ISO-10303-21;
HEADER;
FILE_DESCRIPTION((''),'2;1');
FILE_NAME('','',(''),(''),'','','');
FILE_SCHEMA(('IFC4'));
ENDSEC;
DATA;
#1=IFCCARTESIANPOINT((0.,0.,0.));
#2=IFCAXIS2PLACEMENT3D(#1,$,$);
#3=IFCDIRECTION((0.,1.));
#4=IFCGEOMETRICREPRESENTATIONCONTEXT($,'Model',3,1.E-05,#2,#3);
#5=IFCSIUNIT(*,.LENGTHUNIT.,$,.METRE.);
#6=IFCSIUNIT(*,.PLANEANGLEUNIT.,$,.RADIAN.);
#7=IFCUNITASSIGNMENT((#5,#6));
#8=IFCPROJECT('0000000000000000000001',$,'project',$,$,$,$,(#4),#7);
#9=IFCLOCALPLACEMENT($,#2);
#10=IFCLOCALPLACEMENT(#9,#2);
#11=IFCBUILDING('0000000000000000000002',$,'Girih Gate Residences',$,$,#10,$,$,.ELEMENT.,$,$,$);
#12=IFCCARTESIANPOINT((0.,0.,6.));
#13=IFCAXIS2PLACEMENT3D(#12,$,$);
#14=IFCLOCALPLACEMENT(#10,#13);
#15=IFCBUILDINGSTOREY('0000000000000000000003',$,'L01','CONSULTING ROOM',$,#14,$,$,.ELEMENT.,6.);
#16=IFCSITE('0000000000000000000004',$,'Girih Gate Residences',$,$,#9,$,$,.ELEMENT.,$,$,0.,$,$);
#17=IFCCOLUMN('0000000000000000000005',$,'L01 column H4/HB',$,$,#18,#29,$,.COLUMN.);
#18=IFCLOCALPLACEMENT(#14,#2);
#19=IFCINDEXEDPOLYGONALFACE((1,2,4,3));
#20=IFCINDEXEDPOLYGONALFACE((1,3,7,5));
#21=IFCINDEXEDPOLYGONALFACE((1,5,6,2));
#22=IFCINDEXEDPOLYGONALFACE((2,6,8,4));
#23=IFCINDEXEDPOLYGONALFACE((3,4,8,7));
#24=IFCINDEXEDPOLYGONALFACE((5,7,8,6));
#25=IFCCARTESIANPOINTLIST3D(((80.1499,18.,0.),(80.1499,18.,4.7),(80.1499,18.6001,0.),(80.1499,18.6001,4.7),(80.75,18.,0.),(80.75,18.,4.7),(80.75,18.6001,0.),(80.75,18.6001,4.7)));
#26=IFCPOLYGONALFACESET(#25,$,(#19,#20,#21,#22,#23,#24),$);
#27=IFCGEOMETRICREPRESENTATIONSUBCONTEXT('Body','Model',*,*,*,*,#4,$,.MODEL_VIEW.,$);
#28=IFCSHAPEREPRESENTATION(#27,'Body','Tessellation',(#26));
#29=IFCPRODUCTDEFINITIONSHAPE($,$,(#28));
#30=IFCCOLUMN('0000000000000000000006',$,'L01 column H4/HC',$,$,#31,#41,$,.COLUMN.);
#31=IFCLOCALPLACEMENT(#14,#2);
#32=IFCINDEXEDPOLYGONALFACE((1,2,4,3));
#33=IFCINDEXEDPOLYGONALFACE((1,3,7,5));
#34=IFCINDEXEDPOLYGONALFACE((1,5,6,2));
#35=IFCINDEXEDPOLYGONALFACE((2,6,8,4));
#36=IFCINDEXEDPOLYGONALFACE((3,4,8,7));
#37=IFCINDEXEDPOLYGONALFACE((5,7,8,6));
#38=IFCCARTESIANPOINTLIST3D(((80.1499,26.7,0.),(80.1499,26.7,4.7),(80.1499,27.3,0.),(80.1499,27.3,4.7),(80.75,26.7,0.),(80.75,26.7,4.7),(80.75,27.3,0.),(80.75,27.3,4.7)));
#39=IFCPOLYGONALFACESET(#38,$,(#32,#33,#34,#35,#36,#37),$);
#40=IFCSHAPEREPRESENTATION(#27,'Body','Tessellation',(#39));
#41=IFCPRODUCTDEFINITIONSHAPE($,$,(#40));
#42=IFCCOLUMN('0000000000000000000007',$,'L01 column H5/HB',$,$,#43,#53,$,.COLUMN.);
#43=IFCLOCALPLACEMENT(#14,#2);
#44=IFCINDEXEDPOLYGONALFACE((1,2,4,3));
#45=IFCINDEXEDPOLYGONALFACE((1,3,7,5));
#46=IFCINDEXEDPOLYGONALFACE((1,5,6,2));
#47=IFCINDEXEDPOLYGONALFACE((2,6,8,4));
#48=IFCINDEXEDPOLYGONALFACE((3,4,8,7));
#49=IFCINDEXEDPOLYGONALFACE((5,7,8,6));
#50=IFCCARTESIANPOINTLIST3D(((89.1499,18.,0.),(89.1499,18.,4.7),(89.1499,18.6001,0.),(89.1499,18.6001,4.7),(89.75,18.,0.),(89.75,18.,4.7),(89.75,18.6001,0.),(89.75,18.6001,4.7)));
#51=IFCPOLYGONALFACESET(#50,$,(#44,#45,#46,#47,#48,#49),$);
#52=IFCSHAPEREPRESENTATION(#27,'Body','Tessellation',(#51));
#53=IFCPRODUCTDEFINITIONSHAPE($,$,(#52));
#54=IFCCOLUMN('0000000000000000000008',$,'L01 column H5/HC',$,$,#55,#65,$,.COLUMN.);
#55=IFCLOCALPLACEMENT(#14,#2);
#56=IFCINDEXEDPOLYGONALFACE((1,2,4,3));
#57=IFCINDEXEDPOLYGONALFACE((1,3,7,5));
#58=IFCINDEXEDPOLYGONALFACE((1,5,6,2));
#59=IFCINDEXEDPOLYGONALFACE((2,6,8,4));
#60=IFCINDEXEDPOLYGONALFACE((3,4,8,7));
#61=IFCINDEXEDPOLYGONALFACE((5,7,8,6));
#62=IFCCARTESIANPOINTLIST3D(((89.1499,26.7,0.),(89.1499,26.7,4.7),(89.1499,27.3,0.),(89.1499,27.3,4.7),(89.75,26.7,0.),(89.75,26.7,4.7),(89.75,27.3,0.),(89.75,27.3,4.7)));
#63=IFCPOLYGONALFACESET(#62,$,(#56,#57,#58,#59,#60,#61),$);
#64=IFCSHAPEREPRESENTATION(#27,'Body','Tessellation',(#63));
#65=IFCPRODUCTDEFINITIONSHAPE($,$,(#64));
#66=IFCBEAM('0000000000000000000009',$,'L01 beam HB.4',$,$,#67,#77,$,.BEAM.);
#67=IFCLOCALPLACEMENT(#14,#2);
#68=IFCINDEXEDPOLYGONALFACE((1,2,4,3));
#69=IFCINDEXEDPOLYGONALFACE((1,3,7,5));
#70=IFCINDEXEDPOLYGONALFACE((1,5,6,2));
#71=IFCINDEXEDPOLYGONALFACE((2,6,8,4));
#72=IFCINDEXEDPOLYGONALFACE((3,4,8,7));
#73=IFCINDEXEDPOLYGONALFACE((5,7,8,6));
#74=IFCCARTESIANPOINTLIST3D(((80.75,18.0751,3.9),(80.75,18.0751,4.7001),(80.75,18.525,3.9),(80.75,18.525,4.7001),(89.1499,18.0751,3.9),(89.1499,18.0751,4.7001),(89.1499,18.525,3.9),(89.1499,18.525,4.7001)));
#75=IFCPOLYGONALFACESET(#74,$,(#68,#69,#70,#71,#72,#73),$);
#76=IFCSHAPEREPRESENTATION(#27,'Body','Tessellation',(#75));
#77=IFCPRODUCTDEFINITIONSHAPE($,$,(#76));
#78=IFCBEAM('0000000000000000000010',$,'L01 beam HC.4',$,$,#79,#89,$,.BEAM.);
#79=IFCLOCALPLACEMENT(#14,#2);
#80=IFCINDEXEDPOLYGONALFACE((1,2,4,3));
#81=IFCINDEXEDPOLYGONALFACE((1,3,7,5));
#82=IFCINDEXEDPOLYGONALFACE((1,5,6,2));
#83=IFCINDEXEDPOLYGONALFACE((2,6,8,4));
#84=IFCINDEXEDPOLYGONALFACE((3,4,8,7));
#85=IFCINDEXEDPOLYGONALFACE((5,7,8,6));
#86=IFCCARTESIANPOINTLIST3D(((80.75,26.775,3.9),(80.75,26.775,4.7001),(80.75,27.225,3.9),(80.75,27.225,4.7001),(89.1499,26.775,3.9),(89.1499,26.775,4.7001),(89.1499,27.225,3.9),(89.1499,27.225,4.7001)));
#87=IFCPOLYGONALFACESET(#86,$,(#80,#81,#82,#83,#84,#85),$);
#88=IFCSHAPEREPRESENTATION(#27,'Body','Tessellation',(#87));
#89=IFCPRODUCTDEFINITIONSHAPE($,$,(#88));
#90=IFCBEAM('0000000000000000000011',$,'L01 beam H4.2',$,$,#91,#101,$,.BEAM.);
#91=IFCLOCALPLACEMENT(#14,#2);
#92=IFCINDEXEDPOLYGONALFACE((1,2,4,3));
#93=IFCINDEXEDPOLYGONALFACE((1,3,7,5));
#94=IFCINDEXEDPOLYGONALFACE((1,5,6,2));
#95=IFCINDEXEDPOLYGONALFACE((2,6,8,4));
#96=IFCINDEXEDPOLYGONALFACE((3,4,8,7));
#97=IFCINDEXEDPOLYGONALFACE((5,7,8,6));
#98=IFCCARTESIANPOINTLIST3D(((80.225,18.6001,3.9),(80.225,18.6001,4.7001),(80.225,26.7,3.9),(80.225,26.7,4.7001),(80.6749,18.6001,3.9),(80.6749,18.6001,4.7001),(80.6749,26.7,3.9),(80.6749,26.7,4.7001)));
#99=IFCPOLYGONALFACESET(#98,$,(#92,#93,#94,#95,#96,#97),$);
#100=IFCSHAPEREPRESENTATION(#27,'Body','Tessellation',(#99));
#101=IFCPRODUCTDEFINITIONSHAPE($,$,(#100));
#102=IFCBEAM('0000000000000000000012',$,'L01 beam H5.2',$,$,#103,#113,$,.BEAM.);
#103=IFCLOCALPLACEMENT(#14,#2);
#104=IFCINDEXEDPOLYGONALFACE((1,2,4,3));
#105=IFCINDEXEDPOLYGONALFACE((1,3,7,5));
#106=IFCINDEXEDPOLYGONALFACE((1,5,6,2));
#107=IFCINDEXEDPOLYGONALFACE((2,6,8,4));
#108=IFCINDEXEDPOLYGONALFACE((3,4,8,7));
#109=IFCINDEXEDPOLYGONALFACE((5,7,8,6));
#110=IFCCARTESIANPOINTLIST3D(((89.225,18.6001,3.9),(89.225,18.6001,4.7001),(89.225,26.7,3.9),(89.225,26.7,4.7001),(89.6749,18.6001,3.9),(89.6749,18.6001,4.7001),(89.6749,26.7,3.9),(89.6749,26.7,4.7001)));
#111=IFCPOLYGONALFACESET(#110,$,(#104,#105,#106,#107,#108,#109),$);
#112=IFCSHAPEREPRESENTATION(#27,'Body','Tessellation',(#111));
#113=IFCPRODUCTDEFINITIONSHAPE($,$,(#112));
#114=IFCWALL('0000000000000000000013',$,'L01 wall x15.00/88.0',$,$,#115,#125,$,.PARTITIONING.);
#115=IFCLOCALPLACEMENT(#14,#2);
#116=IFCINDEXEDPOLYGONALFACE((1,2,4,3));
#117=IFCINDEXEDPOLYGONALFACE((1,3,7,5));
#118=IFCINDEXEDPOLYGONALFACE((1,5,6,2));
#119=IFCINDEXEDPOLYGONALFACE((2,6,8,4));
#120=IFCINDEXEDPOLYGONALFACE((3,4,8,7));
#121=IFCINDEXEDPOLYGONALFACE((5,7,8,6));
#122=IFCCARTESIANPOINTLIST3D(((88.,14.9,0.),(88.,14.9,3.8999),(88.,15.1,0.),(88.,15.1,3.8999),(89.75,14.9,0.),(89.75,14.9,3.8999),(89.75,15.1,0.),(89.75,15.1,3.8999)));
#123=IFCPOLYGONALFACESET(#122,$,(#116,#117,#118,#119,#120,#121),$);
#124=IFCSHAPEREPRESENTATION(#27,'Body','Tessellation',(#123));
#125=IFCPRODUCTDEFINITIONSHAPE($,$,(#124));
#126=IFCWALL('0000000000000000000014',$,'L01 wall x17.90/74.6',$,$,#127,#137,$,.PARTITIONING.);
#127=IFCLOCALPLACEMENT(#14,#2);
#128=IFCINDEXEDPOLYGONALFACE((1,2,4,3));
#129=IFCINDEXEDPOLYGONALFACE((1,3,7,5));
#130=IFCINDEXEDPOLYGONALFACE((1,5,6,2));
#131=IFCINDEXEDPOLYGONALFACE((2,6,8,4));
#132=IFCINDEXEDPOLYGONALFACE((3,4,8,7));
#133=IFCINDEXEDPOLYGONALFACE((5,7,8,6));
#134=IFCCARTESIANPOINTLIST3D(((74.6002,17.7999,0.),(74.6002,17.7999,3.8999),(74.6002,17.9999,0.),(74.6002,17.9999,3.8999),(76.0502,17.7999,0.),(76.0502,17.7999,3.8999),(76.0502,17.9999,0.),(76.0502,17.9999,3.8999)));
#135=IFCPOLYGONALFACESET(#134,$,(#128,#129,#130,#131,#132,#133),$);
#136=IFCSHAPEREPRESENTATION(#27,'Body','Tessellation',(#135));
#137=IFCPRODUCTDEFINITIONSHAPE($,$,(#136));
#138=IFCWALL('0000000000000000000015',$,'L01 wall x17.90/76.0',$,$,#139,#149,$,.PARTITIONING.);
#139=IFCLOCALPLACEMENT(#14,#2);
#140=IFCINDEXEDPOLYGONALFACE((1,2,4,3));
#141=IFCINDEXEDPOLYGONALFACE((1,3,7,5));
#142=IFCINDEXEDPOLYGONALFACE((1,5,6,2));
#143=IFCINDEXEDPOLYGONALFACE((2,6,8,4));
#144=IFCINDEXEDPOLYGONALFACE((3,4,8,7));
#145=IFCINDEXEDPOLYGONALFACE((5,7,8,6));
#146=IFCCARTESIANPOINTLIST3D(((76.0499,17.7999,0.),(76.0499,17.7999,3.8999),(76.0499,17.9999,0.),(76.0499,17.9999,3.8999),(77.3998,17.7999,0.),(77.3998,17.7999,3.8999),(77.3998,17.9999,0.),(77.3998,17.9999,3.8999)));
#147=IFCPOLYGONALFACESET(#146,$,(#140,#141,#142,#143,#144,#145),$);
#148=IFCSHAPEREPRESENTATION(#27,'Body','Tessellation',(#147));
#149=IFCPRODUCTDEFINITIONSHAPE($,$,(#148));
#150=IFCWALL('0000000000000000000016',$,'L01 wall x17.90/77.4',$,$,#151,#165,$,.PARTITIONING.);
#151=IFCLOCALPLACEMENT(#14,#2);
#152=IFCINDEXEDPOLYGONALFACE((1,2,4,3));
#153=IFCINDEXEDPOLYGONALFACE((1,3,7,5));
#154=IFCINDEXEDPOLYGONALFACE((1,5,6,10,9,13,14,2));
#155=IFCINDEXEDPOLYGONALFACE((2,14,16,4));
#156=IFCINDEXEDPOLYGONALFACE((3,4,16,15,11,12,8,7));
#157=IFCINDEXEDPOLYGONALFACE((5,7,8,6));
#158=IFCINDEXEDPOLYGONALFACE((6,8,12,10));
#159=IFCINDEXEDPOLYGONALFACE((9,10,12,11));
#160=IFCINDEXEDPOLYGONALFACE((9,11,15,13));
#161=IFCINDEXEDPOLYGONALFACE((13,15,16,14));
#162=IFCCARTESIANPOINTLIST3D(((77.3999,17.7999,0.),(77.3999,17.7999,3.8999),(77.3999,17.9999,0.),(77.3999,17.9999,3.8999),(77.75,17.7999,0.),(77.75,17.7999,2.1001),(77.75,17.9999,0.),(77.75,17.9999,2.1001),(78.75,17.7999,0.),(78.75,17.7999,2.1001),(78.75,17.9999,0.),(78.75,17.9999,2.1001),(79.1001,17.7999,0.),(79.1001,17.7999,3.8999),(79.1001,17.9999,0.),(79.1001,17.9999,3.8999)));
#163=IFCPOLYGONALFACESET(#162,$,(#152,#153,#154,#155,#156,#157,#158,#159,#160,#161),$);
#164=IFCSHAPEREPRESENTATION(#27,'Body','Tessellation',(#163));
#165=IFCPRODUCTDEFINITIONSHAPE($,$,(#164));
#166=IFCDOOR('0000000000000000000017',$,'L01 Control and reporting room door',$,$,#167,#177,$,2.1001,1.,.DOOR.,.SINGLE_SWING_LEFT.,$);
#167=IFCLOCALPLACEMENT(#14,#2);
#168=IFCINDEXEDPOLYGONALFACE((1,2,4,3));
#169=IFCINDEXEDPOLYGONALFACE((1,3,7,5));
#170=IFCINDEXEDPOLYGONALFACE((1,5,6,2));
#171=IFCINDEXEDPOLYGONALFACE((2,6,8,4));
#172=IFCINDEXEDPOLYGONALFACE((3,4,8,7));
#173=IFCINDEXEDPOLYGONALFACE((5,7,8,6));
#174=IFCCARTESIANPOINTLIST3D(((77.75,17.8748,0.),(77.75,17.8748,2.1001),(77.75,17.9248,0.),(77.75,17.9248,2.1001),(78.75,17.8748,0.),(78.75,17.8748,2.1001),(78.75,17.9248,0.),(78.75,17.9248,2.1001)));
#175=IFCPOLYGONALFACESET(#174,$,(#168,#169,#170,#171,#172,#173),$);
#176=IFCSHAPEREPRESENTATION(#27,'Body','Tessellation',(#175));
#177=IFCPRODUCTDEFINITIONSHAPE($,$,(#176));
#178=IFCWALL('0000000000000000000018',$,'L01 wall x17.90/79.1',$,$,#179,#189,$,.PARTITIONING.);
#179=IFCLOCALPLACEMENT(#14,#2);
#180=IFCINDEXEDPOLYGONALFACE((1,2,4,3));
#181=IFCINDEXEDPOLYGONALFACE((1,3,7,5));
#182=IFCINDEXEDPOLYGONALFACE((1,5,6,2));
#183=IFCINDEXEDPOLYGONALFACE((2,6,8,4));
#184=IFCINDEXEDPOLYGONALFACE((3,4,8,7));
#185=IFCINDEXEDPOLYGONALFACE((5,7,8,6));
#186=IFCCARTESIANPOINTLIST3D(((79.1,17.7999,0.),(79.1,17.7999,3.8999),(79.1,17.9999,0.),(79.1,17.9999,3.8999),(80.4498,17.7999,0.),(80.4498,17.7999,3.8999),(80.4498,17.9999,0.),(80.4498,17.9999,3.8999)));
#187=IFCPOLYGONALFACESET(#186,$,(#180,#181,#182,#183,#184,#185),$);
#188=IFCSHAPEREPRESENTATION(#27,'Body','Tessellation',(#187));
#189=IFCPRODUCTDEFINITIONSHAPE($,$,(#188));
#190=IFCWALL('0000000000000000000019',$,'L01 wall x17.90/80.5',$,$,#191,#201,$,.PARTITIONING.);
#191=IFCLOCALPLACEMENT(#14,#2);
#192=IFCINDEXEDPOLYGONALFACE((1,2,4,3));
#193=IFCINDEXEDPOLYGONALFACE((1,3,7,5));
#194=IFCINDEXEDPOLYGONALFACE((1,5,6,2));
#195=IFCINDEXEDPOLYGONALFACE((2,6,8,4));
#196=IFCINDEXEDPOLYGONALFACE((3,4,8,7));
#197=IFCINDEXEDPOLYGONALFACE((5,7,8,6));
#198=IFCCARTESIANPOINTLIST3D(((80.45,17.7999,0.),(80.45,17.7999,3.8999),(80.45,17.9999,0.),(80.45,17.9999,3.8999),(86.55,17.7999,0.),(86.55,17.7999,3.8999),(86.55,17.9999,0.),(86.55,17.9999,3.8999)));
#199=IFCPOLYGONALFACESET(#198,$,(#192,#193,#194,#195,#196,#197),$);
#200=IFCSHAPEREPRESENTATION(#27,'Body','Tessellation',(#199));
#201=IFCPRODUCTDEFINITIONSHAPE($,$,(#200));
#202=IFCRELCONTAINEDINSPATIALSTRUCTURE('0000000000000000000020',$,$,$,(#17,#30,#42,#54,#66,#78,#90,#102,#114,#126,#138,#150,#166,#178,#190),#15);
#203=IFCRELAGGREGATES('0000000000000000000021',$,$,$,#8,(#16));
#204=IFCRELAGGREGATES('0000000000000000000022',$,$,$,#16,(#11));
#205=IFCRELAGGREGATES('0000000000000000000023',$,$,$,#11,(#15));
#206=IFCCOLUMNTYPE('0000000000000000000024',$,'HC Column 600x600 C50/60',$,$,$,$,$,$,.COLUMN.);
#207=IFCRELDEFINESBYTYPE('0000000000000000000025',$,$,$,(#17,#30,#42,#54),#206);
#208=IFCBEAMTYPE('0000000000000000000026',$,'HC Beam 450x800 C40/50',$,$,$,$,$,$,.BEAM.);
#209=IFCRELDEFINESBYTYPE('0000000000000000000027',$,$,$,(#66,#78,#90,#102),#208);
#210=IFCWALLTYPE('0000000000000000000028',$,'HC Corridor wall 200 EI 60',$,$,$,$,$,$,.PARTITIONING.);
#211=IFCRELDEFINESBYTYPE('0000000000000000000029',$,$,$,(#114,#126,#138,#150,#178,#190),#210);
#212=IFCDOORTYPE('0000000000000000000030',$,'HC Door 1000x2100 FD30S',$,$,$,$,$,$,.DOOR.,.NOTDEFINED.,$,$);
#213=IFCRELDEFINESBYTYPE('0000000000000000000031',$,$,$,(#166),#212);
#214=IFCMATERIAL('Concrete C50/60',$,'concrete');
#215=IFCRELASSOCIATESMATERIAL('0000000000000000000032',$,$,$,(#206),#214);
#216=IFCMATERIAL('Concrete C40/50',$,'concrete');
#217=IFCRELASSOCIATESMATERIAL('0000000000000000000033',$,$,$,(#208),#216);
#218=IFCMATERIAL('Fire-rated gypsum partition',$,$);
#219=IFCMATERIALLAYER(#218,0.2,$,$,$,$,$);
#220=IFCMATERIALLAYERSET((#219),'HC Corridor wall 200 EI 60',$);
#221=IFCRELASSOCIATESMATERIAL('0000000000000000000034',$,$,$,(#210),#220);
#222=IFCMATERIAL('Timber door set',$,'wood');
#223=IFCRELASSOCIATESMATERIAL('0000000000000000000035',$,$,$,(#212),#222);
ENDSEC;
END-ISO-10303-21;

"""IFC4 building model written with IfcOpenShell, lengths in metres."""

from ifc_helpers import new_model, si_unit, direction, frame, frame_2d, origin, origin_2d, place, context, subcontext, project, spatial, rectangle, extrude, material, layer, layer_set, material_profile, profile_set, type_object, element, fill, save


model = new_model("IFC4")

# Units and contexts
model_context = context("Model", 3, precision=1e-05, world=origin(), true_north=direction((0.0, 1.0)))
body_context = subcontext(model_context, "Body", "Model", "MODEL_VIEW")
ifc_project = project(units=[si_unit("LENGTHUNIT", "METRE"), si_unit("PLANEANGLEUNIT", "RADIAN")], contexts=[model_context])

# Site, building, storey
site_placement = place(None, origin())
site = spatial("IfcSite", under=ifc_project, at=site_placement, Name="Girih Gate Residences", CompositionType="ELEMENT", RefElevation=0.0)
building_placement = place(site_placement, origin())
building = spatial("IfcBuilding", under=site, at=building_placement, Name="Girih Gate Residences", CompositionType="ELEMENT")
storey_placement = place(building_placement, frame((0.0, 0.0, 6.0)))
storey = spatial("IfcBuildingStorey", under=building, at=storey_placement, Name="L01", Description="CONSULTING ROOM", CompositionType="ELEMENT", Elevation=6.0)

# Columns
ifc_material_1 = material(Name="Concrete C50/60", Category="concrete")
ifc_material_profile_1 = material_profile(ifc_material_1, rectangle(XDim=0.6001, YDim=0.6001, at=origin_2d()))
ifc_profile_set_1 = profile_set([ifc_material_profile_1], Name="Concrete C50/60")
column_type = type_object("IfcColumnType", Name="HC Column 600x600 C50/60", PredefinedType="COLUMN", material=ifc_profile_set_1)
for number, where, z_axis, x_axis, name in (
    (1, (80.45, 18.3, 0.0), (0.0, 0.0, 1.0), (1.0, 0.0, 0.0), "L01 column H4/HB"),
    (2, (80.45, 27.0, 0.0), (0.0, 0.0, 1.0), (1.0, 0.0, 0.0), "L01 column H4/HC"),
    (3, (89.45, 18.3, 0.0), (0.0, 0.0, 1.0), (1.0, 0.0, 0.0), "L01 column H5/HB"),
    (4, (89.45, 27.0, 0.0), (0.0, 0.0, 1.0), (1.0, 0.0, 0.0), "L01 column H5/HC"),
):
    element("IfcColumn", number, at=place(storey_placement, frame(where, z_axis=z_axis, x_axis=x_axis)), inside=storey, type_object=column_type, Name=name, PredefinedType="COLUMN", context=body_context, shape_type="SweptSolid", body=[
        extrude(rectangle(XDim=0.6001, YDim=0.6001, at=origin_2d()), origin(), (0.0, 0.0, 1.0), 4.7),
    ])

# Beams
ifc_material_2 = material(Name="Concrete C40/50", Category="concrete")
ifc_material_profile_2 = material_profile(ifc_material_2, rectangle(XDim=0.45, YDim=0.8, at=origin_2d()))
ifc_profile_set_2 = profile_set([ifc_material_profile_2], Name="Concrete C40/50")
beam_type = type_object("IfcBeamType", Name="HC Beam 450x800 C40/50", PredefinedType="BEAM", material=ifc_profile_set_2)
for number, where, z_axis, x_axis, name in (
    (5, (80.75, 18.3, 4.3), (1.0, 0.0, 0.0), (0.0, 1.0, 0.0), "L01 beam HB.4"),
    (6, (80.75, 27.0, 4.3), (1.0, 0.0, 0.0), (0.0, 1.0, 0.0), "L01 beam HC.4"),
):
    element("IfcBeam", number, at=place(storey_placement, frame(where, z_axis=z_axis, x_axis=x_axis)), inside=storey, type_object=beam_type, Name=name, PredefinedType="BEAM", context=body_context, shape_type="SweptSolid", body=[
        extrude(rectangle(XDim=0.45, YDim=0.8, at=origin_2d()), origin(), (0.0, 0.0, 1.0), 8.3999),
    ])
for number, where, z_axis, x_axis, name in (
    (7, (80.45, 18.6001, 4.3), (0.0, 1.0, 0.0), (-1.0, 0.0, 0.0), "L01 beam H4.2"),
    (8, (89.45, 18.6001, 4.3), (0.0, 1.0, 0.0), (-1.0, 0.0, 0.0), "L01 beam H5.2"),
):
    element("IfcBeam", number, at=place(storey_placement, frame(where, z_axis=z_axis, x_axis=x_axis)), inside=storey, type_object=beam_type, Name=name, PredefinedType="BEAM", context=body_context, shape_type="SweptSolid", body=[
        extrude(rectangle(XDim=0.45, YDim=0.8, at=origin_2d()), origin(), (0.0, 0.0, 1.0), 8.0999),
    ])

# Walls
ifc_material_3 = material(Name="Fire-rated gypsum partition")
ifc_layer_1 = layer(ifc_material_3, 0.2)
ifc_layer_set_1 = layer_set([ifc_layer_1], Name="HC Corridor wall 200 EI 60")
wall_type_1 = type_object("IfcWallType", Name="HC Corridor wall 200 EI 60", PredefinedType="PARTITIONING", material=ifc_layer_set_1)
wall_1_placement = place(storey_placement, frame((88.0, 15.0, 0.0), z_axis=(0.0, 0.0, 1.0), x_axis=(1.0, 0.0, 0.0)))
element("IfcWall", 9, at=wall_1_placement, inside=storey, type_object=wall_type_1, Name="L01 wall x15.00/88.0", PredefinedType="PARTITIONING", context=body_context, shape_type="SweptSolid", body=[
    extrude(rectangle(XDim=1.75, YDim=0.2, at=frame_2d((0.875, 0.0))), origin(), (0.0, 0.0, 1.0), 3.8999),
])
wall_2_placement = place(storey_placement, frame((74.6001, 17.8999, 0.0), z_axis=(0.0, 0.0, 1.0), x_axis=(1.0, 0.0, 0.0)))
element("IfcWall", 10, at=wall_2_placement, inside=storey, type_object=wall_type_1, Name="L01 wall x17.90/74.6", PredefinedType="PARTITIONING", context=body_context, shape_type="SweptSolid", body=[
    extrude(rectangle(XDim=1.45, YDim=0.2, at=frame_2d((0.7251, 0.0))), origin(), (0.0, 0.0, 1.0), 3.8999),
])
wall_3_placement = place(storey_placement, frame((76.05, 17.8999, 0.0), z_axis=(0.0, 0.0, 1.0), x_axis=(1.0, 0.0, 0.0)))
element("IfcWall", 11, at=wall_3_placement, inside=storey, type_object=wall_type_1, Name="L01 wall x17.90/76.0", PredefinedType="PARTITIONING", context=body_context, shape_type="SweptSolid", body=[
    extrude(rectangle(XDim=1.3499, YDim=0.2, at=frame_2d((0.6748, 0.0))), origin(), (0.0, 0.0, 1.0), 3.8999),
])

# Wall, opening, door
wall_4_placement = place(storey_placement, frame((77.3999, 17.8999, 0.0), z_axis=(0.0, 0.0, 1.0), x_axis=(1.0, 0.0, 0.0)))
wall_4 = element("IfcWall", 12, at=wall_4_placement, inside=storey, type_object=wall_type_1, Name="L01 wall x17.90/77.4", PredefinedType="PARTITIONING", context=body_context, shape_type="SweptSolid", body=[
    extrude(rectangle(XDim=1.7002, YDim=0.2, at=frame_2d((0.8501, 0.0))), origin(), (0.0, 0.0, 1.0), 3.8999),
])
opening_1_placement = place(wall_4_placement, frame((0.3501, 0.0, 0.0)))
opening_1 = element("IfcOpeningElement", 13, at=opening_1_placement, cuts=wall_4, PredefinedType="OPENING", context=body_context, shape_type="SweptSolid", body=[
    extrude(rectangle(XDim=1.0, YDim=2.1001, at=frame_2d((0.5, 1.05))), frame((0.0, 0.1099, 0.0), z_axis=(0.0, -1.0, 0.0), x_axis=(1.0, 0.0, 0.0)), (0.0, 0.0, 1.0), 0.22),
])
ifc_material_4 = material(Name="Timber door set", Category="wood")
door_type = type_object("IfcDoorType", Name="HC Door 1000x2100 FD30S", OperationType="NOTDEFINED", PredefinedType="DOOR", material=ifc_material_4)
door_1_placement = place(opening_1_placement, origin())
door_1 = element("IfcDoor", 14, at=door_1_placement, inside=storey, type_object=door_type, Name="L01 Control and reporting room door", OperationType="SINGLE_SWING_LEFT", OverallHeight=2.1001, OverallWidth=1.0, PredefinedType="DOOR", context=body_context, shape_type="SweptSolid", body=[
    extrude(rectangle(XDim=1.0, YDim=2.1001, at=frame_2d((0.5, 1.05))), frame((0.0, 0.0249, 0.0), z_axis=(0.0, -1.0, 0.0), x_axis=(1.0, 0.0, 0.0)), (0.0, 0.0, 1.0), 0.05),
])
fill(opening_1, door_1)

# Walls
wall_5_placement = place(storey_placement, frame((79.1001, 17.8999, 0.0), z_axis=(0.0, 0.0, 1.0), x_axis=(1.0, 0.0, 0.0)))
element("IfcWall", 15, at=wall_5_placement, inside=storey, type_object=wall_type_1, Name="L01 wall x17.90/79.1", PredefinedType="PARTITIONING", context=body_context, shape_type="SweptSolid", body=[
    extrude(rectangle(XDim=1.3499, YDim=0.2, at=frame_2d((0.6748, 0.0))), origin(), (0.0, 0.0, 1.0), 3.8999),
])
wall_6_placement = place(storey_placement, frame((80.45, 17.8999, 0.0), z_axis=(0.0, 0.0, 1.0), x_axis=(1.0, 0.0, 0.0)))
element("IfcWall", 16, at=wall_6_placement, inside=storey, type_object=wall_type_1, Name="L01 wall x17.90/80.5", PredefinedType="PARTITIONING", context=body_context, shape_type="SweptSolid", body=[
    extrude(rectangle(XDim=6.1001, YDim=0.2, at=frame_2d((3.05, 0.0))), origin(), (0.0, 0.0, 1.0), 3.8999),
])

save(model, "model.ifc")
